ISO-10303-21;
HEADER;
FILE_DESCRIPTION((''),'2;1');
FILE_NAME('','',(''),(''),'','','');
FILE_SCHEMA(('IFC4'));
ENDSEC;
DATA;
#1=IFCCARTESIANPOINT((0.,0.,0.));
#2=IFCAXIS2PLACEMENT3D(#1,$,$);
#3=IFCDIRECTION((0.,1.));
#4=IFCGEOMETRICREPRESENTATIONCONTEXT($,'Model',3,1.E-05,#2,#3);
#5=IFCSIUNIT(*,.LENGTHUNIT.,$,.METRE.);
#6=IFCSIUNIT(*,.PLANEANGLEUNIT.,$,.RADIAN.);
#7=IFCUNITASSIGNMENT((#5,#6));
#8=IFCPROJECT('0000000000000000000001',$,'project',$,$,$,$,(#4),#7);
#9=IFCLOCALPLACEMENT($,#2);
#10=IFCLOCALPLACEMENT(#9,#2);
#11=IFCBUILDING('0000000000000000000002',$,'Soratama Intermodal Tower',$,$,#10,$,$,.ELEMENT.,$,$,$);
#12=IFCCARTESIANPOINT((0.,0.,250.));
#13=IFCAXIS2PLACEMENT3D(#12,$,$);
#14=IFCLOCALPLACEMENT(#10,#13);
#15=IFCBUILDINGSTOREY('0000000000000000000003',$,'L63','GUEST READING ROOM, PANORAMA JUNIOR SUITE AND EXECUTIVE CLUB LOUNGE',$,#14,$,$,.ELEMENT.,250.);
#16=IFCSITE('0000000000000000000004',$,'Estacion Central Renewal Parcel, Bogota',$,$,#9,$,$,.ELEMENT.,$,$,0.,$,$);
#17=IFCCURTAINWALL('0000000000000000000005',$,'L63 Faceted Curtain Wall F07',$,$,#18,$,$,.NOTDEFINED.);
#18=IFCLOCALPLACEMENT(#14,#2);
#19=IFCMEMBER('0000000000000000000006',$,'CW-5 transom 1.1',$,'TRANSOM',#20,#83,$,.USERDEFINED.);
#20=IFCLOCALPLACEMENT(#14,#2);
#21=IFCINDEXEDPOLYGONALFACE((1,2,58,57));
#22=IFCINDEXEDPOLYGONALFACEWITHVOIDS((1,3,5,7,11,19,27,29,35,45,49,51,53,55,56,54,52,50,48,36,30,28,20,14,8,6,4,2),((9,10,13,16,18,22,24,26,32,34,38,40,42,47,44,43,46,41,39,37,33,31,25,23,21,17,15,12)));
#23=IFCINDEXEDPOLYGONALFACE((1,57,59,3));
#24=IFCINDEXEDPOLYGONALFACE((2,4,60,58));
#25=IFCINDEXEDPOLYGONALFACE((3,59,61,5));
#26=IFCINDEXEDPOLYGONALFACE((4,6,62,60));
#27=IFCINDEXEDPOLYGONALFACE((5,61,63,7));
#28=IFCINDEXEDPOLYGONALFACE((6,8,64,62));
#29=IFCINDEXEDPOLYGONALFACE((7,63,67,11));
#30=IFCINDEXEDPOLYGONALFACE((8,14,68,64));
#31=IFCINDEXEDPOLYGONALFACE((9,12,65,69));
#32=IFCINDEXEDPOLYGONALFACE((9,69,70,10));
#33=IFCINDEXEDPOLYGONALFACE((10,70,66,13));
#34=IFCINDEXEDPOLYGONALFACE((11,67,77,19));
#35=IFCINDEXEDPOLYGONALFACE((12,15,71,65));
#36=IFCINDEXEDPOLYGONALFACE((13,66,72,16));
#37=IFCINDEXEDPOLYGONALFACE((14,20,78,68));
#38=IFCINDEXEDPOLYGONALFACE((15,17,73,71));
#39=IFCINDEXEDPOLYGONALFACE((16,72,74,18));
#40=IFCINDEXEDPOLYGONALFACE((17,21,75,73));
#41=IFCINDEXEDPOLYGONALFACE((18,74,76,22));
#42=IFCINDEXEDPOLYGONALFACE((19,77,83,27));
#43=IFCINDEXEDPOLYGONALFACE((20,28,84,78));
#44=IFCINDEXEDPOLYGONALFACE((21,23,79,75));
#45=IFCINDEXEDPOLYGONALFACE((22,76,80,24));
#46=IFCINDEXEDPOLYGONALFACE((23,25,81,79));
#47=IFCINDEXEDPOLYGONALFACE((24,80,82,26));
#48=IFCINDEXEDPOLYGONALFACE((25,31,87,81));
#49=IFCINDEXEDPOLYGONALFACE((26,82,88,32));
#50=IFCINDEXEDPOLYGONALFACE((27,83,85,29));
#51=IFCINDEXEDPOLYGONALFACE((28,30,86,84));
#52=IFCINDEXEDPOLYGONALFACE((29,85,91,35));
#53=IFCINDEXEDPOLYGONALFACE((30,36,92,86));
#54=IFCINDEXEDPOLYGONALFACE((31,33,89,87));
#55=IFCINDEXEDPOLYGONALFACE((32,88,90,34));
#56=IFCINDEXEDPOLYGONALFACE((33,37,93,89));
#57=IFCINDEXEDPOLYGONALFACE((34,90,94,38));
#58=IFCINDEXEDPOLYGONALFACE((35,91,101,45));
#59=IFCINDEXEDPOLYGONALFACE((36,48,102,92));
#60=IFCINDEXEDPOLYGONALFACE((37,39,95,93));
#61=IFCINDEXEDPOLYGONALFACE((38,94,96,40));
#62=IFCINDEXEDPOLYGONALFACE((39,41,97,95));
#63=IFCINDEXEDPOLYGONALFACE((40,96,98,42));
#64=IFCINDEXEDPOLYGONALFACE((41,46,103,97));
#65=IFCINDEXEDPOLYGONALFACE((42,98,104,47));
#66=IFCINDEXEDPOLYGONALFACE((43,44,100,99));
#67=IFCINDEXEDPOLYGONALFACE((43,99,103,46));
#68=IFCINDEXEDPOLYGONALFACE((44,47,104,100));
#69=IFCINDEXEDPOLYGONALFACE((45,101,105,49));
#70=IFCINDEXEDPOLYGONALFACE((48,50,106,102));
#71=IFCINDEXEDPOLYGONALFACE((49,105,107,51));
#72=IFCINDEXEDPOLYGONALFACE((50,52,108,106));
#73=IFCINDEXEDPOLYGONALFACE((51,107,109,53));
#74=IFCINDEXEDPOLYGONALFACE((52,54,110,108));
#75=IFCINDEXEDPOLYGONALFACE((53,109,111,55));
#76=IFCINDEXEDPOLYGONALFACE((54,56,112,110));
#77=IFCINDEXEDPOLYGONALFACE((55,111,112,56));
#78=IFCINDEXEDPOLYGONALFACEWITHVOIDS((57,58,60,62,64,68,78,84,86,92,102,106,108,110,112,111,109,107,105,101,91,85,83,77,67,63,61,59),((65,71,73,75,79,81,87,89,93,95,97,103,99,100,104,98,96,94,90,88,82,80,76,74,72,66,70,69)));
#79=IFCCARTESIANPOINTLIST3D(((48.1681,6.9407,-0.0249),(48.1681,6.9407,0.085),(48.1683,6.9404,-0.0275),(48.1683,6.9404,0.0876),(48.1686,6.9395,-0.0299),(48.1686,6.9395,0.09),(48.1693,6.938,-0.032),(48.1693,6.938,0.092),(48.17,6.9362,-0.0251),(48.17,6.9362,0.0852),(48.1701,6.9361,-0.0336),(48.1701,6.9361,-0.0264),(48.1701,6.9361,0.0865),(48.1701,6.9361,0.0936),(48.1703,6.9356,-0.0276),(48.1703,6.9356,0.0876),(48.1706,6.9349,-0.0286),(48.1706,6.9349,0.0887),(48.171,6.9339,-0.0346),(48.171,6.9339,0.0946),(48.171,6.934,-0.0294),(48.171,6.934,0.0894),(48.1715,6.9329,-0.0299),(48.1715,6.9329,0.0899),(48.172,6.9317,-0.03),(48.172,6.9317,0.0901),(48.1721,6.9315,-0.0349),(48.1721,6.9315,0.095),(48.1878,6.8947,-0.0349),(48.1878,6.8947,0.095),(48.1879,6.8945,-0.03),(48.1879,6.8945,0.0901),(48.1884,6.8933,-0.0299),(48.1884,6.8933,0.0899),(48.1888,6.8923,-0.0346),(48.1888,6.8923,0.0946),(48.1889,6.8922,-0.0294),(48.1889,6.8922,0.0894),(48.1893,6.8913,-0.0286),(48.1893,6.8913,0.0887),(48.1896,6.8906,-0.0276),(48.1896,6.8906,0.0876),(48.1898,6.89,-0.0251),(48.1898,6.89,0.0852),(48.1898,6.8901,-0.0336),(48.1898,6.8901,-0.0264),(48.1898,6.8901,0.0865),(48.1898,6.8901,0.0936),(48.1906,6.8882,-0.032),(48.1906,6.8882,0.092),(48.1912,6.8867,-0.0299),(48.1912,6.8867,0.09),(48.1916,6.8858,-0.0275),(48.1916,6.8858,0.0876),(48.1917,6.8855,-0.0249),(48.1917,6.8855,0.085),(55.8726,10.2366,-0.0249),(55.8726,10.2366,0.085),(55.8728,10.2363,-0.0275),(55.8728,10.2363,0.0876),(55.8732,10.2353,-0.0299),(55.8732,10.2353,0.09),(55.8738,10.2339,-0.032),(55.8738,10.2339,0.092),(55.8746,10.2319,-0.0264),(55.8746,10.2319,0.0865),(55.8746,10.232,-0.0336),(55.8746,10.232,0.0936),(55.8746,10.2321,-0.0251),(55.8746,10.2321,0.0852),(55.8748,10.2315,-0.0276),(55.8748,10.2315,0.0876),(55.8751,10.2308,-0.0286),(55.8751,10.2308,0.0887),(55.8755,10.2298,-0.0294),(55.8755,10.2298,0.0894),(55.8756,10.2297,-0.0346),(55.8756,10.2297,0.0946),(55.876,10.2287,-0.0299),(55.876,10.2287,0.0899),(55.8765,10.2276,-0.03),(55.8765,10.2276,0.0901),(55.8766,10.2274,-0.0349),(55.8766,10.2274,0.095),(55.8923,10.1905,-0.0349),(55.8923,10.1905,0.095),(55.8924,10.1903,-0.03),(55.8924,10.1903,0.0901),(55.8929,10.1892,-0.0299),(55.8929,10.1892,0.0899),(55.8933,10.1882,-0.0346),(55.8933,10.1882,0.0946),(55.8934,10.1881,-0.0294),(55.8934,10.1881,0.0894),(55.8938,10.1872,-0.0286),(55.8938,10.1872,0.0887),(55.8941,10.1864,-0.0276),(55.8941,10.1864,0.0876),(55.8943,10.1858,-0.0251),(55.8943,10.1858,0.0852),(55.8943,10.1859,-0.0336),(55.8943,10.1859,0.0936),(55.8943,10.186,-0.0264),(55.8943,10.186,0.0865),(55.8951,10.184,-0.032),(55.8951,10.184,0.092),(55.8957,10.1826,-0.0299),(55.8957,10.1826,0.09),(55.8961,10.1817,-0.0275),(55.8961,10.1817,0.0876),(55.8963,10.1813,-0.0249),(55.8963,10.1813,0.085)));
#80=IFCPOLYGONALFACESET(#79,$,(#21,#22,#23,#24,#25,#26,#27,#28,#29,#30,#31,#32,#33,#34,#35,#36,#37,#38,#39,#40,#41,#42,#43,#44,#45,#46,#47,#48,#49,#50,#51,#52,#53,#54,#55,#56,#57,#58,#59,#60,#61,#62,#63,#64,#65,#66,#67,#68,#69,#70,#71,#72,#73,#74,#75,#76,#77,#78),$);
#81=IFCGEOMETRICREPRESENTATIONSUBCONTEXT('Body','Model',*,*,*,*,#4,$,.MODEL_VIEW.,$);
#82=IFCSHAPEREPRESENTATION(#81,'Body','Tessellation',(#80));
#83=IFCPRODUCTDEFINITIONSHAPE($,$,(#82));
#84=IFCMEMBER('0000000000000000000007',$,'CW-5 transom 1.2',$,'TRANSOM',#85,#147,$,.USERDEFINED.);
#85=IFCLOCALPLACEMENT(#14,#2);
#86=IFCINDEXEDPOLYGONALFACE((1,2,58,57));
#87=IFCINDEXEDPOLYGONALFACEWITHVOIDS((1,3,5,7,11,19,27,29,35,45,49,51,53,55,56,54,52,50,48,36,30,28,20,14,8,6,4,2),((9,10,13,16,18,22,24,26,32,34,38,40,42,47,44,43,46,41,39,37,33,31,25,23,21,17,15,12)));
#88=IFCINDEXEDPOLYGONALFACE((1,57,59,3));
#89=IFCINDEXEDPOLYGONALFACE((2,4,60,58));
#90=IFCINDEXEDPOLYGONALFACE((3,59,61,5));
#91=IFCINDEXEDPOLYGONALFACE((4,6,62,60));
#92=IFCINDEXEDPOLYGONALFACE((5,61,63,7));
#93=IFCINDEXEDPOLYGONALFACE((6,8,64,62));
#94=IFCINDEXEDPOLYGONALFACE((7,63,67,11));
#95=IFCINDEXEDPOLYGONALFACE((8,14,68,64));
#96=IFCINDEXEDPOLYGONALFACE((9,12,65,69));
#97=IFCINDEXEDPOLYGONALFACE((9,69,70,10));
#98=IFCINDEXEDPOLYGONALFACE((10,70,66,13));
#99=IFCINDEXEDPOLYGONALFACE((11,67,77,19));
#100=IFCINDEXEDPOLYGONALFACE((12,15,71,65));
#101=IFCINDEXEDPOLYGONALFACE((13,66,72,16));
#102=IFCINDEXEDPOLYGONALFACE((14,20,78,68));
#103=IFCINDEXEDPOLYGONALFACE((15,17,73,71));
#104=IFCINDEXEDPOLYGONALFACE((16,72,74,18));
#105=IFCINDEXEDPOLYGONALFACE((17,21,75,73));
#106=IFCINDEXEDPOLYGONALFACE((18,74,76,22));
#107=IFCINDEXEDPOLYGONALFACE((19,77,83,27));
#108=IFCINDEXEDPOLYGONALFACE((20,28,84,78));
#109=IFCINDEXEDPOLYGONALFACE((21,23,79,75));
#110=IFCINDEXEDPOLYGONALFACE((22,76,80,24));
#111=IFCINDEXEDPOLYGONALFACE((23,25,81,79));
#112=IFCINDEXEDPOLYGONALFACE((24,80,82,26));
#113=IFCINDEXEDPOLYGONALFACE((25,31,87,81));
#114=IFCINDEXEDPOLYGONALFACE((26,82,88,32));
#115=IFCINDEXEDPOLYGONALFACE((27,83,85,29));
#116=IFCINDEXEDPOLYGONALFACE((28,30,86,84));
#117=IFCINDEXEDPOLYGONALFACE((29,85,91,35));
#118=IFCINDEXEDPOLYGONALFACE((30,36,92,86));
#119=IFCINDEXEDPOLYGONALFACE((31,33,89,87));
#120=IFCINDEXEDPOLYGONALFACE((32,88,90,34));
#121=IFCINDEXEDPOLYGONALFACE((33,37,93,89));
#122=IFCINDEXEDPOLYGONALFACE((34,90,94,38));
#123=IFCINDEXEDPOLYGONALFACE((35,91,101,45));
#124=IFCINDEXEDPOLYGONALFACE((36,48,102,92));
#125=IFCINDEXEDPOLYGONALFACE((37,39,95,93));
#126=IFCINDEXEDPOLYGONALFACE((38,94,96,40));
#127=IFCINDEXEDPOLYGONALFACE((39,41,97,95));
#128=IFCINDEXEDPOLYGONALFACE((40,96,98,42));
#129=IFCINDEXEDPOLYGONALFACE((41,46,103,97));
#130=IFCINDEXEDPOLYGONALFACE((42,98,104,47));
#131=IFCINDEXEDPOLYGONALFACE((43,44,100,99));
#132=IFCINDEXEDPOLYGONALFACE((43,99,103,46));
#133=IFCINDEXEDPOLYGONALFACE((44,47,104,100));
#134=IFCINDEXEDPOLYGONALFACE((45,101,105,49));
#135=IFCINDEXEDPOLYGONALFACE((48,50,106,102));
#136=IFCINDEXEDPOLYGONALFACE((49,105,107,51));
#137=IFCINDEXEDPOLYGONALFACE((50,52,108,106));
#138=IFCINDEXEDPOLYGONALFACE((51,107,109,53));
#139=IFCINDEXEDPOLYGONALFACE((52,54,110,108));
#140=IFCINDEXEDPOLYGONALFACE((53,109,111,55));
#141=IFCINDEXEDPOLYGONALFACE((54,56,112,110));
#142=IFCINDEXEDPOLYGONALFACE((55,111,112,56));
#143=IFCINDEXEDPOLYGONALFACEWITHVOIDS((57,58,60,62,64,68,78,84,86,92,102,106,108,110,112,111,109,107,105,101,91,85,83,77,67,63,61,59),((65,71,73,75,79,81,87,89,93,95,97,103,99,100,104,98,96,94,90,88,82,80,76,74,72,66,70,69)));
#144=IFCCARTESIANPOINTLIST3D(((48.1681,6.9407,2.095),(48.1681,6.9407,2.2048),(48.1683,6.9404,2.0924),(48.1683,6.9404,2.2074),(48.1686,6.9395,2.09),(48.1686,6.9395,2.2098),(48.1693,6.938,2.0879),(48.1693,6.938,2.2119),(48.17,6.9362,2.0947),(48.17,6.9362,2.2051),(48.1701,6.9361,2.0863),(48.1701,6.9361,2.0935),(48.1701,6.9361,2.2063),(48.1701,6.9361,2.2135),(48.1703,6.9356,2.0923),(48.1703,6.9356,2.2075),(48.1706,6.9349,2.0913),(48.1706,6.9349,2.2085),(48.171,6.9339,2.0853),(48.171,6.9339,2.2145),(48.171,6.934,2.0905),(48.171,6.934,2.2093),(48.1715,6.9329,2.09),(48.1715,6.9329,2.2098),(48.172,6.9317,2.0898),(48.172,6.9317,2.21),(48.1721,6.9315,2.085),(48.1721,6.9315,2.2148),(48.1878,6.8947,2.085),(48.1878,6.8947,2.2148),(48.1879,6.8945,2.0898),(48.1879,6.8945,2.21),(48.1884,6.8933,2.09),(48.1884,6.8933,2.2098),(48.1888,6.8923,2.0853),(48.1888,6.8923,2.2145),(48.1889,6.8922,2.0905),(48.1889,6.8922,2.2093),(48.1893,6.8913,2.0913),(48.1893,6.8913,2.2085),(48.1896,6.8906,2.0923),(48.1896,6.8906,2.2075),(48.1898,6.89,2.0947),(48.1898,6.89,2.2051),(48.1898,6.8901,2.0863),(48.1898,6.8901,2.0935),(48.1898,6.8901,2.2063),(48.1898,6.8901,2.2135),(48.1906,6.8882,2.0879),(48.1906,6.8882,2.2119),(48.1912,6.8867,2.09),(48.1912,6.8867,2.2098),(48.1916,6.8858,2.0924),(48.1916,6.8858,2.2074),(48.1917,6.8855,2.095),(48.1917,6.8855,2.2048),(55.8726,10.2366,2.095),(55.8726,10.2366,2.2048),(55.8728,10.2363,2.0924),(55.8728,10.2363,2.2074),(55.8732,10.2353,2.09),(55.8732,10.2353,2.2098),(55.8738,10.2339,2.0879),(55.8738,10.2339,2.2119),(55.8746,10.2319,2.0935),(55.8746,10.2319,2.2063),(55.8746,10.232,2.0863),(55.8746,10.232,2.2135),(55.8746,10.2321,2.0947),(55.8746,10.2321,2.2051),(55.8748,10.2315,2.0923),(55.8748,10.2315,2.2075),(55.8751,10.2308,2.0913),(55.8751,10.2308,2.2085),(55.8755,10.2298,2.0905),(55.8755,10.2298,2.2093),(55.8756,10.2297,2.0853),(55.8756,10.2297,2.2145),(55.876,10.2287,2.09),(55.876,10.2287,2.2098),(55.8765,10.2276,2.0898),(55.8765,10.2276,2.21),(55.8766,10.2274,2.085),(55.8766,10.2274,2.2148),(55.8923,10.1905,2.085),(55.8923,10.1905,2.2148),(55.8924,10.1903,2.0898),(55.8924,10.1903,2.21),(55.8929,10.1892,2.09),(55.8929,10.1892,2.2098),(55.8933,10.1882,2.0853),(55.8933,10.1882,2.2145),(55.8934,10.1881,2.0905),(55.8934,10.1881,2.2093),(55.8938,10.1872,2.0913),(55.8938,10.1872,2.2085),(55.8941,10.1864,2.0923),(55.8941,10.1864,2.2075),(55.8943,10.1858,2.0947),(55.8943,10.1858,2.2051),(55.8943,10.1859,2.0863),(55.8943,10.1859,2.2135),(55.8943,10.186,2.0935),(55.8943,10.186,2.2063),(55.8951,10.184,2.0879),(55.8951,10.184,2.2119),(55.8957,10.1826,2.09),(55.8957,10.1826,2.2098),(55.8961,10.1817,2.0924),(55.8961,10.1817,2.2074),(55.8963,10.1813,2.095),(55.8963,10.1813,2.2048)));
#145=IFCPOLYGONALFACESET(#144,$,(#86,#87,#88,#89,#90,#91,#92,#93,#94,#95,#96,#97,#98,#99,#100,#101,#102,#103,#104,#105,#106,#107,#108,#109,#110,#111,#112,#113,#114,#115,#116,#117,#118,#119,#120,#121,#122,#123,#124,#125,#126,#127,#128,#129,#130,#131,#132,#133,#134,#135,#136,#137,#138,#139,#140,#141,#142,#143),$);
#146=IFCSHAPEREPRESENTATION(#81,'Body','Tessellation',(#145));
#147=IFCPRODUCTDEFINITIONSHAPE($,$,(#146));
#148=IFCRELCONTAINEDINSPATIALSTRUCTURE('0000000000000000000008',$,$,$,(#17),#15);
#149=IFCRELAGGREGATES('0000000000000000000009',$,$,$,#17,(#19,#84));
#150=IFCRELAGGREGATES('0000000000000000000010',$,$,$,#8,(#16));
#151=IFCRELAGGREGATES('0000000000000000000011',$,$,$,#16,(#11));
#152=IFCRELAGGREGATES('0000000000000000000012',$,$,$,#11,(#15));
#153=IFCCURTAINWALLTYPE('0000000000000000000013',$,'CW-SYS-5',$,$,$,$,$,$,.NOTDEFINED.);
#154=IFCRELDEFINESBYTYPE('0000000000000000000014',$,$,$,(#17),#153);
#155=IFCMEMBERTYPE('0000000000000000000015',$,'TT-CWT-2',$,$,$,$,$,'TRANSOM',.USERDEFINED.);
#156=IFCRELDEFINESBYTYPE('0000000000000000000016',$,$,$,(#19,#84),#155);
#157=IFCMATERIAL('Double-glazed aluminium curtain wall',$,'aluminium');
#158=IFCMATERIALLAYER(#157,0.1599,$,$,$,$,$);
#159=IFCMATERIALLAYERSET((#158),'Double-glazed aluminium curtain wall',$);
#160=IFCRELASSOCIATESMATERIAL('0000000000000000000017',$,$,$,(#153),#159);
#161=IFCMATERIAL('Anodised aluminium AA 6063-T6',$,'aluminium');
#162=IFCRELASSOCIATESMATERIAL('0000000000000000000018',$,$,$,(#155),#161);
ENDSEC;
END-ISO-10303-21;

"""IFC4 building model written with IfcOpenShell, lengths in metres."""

from ifc_helpers import new_model, si_unit, direction, frame, origin, origin_2d, place, context, subcontext, project, spatial, hollow_rectangle, extrude, material, layer, layer_set, material_profile, profile_set, type_object, element, aggregate, save


model = new_model("IFC4")

# Units and contexts
model_context = context("Model", 3, precision=1e-05, world=origin(), true_north=direction((0.0, 1.0)))
body_context = subcontext(model_context, "Body", "Model", "MODEL_VIEW")
ifc_project = project(units=[si_unit("LENGTHUNIT", "METRE"), si_unit("PLANEANGLEUNIT", "RADIAN")], contexts=[model_context])

# Site, building, storey
site_placement = place(None, origin())
site = spatial("IfcSite", under=ifc_project, at=site_placement, Name="Estacion Central Renewal Parcel, Bogota", CompositionType="ELEMENT", RefElevation=0.0)
building_placement = place(site_placement, origin())
building = spatial("IfcBuilding", under=site, at=building_placement, Name="Soratama Intermodal Tower", CompositionType="ELEMENT")
storey_placement = place(building_placement, frame((0.0, 0.0, 250.0)))
storey = spatial("IfcBuildingStorey", under=building, at=storey_placement, Name="L63", Description="GUEST READING ROOM, PANORAMA JUNIOR SUITE AND EXECUTIVE CLUB LOUNGE", CompositionType="ELEMENT", Elevation=250.0)

# Curtain wall
ifc_material_1 = material(Name="Double-glazed aluminium curtain wall", Category="aluminium")
ifc_layer_1 = layer(ifc_material_1, 0.1599)
ifc_layer_set_1 = layer_set([ifc_layer_1], Name="Double-glazed aluminium curtain wall")
curtain_wall_type = type_object("IfcCurtainWallType", Name="CW-SYS-5", PredefinedType="NOTDEFINED", material=ifc_layer_set_1)
curtain_wall_1_placement = place(storey_placement, origin())
curtain_wall_1 = element("IfcCurtainWall", 1, at=curtain_wall_1_placement, inside=storey, type_object=curtain_wall_type, Name="L63 Faceted Curtain Wall F07", PredefinedType="NOTDEFINED")

# Members
ifc_material_2 = material(Name="Anodised aluminium AA 6063-T6", Category="aluminium")
ifc_material_profile_1 = material_profile(ifc_material_2, hollow_rectangle(XDim=0.0601, YDim=0.1299, WallThickness=0.0049, InnerFilletRadius=0.0049, OuterFilletRadius=0.01, at=origin_2d()), Name="CWT130X60X5")
ifc_profile_set_1 = profile_set([ifc_material_profile_1], Name="Anodised aluminium AA 6063-T6")
member_type_1 = type_object("IfcMemberType", Name="TT-CWT-2", ElementType="TRANSOM", PredefinedType="USERDEFINED", material=ifc_profile_set_1)
member_1_placement = place(storey_placement, frame((48.1799, 6.9131, 0.03), z_axis=(0.919407, 0.393307, 0.0), x_axis=(-0.393307, 0.919407, 0.0)))
member_1 = element("IfcMember", 2, at=member_1_placement, type_object=member_type_1, Name="CW-5 transom 1.1", ObjectType="TRANSOM", PredefinedType="USERDEFINED", context=body_context, shape_type="SweptSolid", body=[
    extrude(hollow_rectangle(XDim=0.0601, YDim=0.1299, WallThickness=0.0049, InnerFilletRadius=0.0049, OuterFilletRadius=0.01, at=origin_2d()), origin(), (0.0, 0.0, 1.0), 8.3799),
])
member_2_placement = place(storey_placement, frame((48.1799, 6.9131, 2.1499), z_axis=(0.919407, 0.393307, 0.0), x_axis=(-0.393307, 0.919407, 0.0)))
member_2 = element("IfcMember", 3, at=member_2_placement, type_object=member_type_1, Name="CW-5 transom 1.2", ObjectType="TRANSOM", PredefinedType="USERDEFINED", context=body_context, shape_type="SweptSolid", body=[
    extrude(hollow_rectangle(XDim=0.0601, YDim=0.1299, WallThickness=0.0049, InnerFilletRadius=0.0049, OuterFilletRadius=0.01, at=origin_2d()), origin(), (0.0, 0.0, 1.0), 8.3799),
])

aggregate(curtain_wall_1, [member_1, member_2])

save(model, "model.ifc")
